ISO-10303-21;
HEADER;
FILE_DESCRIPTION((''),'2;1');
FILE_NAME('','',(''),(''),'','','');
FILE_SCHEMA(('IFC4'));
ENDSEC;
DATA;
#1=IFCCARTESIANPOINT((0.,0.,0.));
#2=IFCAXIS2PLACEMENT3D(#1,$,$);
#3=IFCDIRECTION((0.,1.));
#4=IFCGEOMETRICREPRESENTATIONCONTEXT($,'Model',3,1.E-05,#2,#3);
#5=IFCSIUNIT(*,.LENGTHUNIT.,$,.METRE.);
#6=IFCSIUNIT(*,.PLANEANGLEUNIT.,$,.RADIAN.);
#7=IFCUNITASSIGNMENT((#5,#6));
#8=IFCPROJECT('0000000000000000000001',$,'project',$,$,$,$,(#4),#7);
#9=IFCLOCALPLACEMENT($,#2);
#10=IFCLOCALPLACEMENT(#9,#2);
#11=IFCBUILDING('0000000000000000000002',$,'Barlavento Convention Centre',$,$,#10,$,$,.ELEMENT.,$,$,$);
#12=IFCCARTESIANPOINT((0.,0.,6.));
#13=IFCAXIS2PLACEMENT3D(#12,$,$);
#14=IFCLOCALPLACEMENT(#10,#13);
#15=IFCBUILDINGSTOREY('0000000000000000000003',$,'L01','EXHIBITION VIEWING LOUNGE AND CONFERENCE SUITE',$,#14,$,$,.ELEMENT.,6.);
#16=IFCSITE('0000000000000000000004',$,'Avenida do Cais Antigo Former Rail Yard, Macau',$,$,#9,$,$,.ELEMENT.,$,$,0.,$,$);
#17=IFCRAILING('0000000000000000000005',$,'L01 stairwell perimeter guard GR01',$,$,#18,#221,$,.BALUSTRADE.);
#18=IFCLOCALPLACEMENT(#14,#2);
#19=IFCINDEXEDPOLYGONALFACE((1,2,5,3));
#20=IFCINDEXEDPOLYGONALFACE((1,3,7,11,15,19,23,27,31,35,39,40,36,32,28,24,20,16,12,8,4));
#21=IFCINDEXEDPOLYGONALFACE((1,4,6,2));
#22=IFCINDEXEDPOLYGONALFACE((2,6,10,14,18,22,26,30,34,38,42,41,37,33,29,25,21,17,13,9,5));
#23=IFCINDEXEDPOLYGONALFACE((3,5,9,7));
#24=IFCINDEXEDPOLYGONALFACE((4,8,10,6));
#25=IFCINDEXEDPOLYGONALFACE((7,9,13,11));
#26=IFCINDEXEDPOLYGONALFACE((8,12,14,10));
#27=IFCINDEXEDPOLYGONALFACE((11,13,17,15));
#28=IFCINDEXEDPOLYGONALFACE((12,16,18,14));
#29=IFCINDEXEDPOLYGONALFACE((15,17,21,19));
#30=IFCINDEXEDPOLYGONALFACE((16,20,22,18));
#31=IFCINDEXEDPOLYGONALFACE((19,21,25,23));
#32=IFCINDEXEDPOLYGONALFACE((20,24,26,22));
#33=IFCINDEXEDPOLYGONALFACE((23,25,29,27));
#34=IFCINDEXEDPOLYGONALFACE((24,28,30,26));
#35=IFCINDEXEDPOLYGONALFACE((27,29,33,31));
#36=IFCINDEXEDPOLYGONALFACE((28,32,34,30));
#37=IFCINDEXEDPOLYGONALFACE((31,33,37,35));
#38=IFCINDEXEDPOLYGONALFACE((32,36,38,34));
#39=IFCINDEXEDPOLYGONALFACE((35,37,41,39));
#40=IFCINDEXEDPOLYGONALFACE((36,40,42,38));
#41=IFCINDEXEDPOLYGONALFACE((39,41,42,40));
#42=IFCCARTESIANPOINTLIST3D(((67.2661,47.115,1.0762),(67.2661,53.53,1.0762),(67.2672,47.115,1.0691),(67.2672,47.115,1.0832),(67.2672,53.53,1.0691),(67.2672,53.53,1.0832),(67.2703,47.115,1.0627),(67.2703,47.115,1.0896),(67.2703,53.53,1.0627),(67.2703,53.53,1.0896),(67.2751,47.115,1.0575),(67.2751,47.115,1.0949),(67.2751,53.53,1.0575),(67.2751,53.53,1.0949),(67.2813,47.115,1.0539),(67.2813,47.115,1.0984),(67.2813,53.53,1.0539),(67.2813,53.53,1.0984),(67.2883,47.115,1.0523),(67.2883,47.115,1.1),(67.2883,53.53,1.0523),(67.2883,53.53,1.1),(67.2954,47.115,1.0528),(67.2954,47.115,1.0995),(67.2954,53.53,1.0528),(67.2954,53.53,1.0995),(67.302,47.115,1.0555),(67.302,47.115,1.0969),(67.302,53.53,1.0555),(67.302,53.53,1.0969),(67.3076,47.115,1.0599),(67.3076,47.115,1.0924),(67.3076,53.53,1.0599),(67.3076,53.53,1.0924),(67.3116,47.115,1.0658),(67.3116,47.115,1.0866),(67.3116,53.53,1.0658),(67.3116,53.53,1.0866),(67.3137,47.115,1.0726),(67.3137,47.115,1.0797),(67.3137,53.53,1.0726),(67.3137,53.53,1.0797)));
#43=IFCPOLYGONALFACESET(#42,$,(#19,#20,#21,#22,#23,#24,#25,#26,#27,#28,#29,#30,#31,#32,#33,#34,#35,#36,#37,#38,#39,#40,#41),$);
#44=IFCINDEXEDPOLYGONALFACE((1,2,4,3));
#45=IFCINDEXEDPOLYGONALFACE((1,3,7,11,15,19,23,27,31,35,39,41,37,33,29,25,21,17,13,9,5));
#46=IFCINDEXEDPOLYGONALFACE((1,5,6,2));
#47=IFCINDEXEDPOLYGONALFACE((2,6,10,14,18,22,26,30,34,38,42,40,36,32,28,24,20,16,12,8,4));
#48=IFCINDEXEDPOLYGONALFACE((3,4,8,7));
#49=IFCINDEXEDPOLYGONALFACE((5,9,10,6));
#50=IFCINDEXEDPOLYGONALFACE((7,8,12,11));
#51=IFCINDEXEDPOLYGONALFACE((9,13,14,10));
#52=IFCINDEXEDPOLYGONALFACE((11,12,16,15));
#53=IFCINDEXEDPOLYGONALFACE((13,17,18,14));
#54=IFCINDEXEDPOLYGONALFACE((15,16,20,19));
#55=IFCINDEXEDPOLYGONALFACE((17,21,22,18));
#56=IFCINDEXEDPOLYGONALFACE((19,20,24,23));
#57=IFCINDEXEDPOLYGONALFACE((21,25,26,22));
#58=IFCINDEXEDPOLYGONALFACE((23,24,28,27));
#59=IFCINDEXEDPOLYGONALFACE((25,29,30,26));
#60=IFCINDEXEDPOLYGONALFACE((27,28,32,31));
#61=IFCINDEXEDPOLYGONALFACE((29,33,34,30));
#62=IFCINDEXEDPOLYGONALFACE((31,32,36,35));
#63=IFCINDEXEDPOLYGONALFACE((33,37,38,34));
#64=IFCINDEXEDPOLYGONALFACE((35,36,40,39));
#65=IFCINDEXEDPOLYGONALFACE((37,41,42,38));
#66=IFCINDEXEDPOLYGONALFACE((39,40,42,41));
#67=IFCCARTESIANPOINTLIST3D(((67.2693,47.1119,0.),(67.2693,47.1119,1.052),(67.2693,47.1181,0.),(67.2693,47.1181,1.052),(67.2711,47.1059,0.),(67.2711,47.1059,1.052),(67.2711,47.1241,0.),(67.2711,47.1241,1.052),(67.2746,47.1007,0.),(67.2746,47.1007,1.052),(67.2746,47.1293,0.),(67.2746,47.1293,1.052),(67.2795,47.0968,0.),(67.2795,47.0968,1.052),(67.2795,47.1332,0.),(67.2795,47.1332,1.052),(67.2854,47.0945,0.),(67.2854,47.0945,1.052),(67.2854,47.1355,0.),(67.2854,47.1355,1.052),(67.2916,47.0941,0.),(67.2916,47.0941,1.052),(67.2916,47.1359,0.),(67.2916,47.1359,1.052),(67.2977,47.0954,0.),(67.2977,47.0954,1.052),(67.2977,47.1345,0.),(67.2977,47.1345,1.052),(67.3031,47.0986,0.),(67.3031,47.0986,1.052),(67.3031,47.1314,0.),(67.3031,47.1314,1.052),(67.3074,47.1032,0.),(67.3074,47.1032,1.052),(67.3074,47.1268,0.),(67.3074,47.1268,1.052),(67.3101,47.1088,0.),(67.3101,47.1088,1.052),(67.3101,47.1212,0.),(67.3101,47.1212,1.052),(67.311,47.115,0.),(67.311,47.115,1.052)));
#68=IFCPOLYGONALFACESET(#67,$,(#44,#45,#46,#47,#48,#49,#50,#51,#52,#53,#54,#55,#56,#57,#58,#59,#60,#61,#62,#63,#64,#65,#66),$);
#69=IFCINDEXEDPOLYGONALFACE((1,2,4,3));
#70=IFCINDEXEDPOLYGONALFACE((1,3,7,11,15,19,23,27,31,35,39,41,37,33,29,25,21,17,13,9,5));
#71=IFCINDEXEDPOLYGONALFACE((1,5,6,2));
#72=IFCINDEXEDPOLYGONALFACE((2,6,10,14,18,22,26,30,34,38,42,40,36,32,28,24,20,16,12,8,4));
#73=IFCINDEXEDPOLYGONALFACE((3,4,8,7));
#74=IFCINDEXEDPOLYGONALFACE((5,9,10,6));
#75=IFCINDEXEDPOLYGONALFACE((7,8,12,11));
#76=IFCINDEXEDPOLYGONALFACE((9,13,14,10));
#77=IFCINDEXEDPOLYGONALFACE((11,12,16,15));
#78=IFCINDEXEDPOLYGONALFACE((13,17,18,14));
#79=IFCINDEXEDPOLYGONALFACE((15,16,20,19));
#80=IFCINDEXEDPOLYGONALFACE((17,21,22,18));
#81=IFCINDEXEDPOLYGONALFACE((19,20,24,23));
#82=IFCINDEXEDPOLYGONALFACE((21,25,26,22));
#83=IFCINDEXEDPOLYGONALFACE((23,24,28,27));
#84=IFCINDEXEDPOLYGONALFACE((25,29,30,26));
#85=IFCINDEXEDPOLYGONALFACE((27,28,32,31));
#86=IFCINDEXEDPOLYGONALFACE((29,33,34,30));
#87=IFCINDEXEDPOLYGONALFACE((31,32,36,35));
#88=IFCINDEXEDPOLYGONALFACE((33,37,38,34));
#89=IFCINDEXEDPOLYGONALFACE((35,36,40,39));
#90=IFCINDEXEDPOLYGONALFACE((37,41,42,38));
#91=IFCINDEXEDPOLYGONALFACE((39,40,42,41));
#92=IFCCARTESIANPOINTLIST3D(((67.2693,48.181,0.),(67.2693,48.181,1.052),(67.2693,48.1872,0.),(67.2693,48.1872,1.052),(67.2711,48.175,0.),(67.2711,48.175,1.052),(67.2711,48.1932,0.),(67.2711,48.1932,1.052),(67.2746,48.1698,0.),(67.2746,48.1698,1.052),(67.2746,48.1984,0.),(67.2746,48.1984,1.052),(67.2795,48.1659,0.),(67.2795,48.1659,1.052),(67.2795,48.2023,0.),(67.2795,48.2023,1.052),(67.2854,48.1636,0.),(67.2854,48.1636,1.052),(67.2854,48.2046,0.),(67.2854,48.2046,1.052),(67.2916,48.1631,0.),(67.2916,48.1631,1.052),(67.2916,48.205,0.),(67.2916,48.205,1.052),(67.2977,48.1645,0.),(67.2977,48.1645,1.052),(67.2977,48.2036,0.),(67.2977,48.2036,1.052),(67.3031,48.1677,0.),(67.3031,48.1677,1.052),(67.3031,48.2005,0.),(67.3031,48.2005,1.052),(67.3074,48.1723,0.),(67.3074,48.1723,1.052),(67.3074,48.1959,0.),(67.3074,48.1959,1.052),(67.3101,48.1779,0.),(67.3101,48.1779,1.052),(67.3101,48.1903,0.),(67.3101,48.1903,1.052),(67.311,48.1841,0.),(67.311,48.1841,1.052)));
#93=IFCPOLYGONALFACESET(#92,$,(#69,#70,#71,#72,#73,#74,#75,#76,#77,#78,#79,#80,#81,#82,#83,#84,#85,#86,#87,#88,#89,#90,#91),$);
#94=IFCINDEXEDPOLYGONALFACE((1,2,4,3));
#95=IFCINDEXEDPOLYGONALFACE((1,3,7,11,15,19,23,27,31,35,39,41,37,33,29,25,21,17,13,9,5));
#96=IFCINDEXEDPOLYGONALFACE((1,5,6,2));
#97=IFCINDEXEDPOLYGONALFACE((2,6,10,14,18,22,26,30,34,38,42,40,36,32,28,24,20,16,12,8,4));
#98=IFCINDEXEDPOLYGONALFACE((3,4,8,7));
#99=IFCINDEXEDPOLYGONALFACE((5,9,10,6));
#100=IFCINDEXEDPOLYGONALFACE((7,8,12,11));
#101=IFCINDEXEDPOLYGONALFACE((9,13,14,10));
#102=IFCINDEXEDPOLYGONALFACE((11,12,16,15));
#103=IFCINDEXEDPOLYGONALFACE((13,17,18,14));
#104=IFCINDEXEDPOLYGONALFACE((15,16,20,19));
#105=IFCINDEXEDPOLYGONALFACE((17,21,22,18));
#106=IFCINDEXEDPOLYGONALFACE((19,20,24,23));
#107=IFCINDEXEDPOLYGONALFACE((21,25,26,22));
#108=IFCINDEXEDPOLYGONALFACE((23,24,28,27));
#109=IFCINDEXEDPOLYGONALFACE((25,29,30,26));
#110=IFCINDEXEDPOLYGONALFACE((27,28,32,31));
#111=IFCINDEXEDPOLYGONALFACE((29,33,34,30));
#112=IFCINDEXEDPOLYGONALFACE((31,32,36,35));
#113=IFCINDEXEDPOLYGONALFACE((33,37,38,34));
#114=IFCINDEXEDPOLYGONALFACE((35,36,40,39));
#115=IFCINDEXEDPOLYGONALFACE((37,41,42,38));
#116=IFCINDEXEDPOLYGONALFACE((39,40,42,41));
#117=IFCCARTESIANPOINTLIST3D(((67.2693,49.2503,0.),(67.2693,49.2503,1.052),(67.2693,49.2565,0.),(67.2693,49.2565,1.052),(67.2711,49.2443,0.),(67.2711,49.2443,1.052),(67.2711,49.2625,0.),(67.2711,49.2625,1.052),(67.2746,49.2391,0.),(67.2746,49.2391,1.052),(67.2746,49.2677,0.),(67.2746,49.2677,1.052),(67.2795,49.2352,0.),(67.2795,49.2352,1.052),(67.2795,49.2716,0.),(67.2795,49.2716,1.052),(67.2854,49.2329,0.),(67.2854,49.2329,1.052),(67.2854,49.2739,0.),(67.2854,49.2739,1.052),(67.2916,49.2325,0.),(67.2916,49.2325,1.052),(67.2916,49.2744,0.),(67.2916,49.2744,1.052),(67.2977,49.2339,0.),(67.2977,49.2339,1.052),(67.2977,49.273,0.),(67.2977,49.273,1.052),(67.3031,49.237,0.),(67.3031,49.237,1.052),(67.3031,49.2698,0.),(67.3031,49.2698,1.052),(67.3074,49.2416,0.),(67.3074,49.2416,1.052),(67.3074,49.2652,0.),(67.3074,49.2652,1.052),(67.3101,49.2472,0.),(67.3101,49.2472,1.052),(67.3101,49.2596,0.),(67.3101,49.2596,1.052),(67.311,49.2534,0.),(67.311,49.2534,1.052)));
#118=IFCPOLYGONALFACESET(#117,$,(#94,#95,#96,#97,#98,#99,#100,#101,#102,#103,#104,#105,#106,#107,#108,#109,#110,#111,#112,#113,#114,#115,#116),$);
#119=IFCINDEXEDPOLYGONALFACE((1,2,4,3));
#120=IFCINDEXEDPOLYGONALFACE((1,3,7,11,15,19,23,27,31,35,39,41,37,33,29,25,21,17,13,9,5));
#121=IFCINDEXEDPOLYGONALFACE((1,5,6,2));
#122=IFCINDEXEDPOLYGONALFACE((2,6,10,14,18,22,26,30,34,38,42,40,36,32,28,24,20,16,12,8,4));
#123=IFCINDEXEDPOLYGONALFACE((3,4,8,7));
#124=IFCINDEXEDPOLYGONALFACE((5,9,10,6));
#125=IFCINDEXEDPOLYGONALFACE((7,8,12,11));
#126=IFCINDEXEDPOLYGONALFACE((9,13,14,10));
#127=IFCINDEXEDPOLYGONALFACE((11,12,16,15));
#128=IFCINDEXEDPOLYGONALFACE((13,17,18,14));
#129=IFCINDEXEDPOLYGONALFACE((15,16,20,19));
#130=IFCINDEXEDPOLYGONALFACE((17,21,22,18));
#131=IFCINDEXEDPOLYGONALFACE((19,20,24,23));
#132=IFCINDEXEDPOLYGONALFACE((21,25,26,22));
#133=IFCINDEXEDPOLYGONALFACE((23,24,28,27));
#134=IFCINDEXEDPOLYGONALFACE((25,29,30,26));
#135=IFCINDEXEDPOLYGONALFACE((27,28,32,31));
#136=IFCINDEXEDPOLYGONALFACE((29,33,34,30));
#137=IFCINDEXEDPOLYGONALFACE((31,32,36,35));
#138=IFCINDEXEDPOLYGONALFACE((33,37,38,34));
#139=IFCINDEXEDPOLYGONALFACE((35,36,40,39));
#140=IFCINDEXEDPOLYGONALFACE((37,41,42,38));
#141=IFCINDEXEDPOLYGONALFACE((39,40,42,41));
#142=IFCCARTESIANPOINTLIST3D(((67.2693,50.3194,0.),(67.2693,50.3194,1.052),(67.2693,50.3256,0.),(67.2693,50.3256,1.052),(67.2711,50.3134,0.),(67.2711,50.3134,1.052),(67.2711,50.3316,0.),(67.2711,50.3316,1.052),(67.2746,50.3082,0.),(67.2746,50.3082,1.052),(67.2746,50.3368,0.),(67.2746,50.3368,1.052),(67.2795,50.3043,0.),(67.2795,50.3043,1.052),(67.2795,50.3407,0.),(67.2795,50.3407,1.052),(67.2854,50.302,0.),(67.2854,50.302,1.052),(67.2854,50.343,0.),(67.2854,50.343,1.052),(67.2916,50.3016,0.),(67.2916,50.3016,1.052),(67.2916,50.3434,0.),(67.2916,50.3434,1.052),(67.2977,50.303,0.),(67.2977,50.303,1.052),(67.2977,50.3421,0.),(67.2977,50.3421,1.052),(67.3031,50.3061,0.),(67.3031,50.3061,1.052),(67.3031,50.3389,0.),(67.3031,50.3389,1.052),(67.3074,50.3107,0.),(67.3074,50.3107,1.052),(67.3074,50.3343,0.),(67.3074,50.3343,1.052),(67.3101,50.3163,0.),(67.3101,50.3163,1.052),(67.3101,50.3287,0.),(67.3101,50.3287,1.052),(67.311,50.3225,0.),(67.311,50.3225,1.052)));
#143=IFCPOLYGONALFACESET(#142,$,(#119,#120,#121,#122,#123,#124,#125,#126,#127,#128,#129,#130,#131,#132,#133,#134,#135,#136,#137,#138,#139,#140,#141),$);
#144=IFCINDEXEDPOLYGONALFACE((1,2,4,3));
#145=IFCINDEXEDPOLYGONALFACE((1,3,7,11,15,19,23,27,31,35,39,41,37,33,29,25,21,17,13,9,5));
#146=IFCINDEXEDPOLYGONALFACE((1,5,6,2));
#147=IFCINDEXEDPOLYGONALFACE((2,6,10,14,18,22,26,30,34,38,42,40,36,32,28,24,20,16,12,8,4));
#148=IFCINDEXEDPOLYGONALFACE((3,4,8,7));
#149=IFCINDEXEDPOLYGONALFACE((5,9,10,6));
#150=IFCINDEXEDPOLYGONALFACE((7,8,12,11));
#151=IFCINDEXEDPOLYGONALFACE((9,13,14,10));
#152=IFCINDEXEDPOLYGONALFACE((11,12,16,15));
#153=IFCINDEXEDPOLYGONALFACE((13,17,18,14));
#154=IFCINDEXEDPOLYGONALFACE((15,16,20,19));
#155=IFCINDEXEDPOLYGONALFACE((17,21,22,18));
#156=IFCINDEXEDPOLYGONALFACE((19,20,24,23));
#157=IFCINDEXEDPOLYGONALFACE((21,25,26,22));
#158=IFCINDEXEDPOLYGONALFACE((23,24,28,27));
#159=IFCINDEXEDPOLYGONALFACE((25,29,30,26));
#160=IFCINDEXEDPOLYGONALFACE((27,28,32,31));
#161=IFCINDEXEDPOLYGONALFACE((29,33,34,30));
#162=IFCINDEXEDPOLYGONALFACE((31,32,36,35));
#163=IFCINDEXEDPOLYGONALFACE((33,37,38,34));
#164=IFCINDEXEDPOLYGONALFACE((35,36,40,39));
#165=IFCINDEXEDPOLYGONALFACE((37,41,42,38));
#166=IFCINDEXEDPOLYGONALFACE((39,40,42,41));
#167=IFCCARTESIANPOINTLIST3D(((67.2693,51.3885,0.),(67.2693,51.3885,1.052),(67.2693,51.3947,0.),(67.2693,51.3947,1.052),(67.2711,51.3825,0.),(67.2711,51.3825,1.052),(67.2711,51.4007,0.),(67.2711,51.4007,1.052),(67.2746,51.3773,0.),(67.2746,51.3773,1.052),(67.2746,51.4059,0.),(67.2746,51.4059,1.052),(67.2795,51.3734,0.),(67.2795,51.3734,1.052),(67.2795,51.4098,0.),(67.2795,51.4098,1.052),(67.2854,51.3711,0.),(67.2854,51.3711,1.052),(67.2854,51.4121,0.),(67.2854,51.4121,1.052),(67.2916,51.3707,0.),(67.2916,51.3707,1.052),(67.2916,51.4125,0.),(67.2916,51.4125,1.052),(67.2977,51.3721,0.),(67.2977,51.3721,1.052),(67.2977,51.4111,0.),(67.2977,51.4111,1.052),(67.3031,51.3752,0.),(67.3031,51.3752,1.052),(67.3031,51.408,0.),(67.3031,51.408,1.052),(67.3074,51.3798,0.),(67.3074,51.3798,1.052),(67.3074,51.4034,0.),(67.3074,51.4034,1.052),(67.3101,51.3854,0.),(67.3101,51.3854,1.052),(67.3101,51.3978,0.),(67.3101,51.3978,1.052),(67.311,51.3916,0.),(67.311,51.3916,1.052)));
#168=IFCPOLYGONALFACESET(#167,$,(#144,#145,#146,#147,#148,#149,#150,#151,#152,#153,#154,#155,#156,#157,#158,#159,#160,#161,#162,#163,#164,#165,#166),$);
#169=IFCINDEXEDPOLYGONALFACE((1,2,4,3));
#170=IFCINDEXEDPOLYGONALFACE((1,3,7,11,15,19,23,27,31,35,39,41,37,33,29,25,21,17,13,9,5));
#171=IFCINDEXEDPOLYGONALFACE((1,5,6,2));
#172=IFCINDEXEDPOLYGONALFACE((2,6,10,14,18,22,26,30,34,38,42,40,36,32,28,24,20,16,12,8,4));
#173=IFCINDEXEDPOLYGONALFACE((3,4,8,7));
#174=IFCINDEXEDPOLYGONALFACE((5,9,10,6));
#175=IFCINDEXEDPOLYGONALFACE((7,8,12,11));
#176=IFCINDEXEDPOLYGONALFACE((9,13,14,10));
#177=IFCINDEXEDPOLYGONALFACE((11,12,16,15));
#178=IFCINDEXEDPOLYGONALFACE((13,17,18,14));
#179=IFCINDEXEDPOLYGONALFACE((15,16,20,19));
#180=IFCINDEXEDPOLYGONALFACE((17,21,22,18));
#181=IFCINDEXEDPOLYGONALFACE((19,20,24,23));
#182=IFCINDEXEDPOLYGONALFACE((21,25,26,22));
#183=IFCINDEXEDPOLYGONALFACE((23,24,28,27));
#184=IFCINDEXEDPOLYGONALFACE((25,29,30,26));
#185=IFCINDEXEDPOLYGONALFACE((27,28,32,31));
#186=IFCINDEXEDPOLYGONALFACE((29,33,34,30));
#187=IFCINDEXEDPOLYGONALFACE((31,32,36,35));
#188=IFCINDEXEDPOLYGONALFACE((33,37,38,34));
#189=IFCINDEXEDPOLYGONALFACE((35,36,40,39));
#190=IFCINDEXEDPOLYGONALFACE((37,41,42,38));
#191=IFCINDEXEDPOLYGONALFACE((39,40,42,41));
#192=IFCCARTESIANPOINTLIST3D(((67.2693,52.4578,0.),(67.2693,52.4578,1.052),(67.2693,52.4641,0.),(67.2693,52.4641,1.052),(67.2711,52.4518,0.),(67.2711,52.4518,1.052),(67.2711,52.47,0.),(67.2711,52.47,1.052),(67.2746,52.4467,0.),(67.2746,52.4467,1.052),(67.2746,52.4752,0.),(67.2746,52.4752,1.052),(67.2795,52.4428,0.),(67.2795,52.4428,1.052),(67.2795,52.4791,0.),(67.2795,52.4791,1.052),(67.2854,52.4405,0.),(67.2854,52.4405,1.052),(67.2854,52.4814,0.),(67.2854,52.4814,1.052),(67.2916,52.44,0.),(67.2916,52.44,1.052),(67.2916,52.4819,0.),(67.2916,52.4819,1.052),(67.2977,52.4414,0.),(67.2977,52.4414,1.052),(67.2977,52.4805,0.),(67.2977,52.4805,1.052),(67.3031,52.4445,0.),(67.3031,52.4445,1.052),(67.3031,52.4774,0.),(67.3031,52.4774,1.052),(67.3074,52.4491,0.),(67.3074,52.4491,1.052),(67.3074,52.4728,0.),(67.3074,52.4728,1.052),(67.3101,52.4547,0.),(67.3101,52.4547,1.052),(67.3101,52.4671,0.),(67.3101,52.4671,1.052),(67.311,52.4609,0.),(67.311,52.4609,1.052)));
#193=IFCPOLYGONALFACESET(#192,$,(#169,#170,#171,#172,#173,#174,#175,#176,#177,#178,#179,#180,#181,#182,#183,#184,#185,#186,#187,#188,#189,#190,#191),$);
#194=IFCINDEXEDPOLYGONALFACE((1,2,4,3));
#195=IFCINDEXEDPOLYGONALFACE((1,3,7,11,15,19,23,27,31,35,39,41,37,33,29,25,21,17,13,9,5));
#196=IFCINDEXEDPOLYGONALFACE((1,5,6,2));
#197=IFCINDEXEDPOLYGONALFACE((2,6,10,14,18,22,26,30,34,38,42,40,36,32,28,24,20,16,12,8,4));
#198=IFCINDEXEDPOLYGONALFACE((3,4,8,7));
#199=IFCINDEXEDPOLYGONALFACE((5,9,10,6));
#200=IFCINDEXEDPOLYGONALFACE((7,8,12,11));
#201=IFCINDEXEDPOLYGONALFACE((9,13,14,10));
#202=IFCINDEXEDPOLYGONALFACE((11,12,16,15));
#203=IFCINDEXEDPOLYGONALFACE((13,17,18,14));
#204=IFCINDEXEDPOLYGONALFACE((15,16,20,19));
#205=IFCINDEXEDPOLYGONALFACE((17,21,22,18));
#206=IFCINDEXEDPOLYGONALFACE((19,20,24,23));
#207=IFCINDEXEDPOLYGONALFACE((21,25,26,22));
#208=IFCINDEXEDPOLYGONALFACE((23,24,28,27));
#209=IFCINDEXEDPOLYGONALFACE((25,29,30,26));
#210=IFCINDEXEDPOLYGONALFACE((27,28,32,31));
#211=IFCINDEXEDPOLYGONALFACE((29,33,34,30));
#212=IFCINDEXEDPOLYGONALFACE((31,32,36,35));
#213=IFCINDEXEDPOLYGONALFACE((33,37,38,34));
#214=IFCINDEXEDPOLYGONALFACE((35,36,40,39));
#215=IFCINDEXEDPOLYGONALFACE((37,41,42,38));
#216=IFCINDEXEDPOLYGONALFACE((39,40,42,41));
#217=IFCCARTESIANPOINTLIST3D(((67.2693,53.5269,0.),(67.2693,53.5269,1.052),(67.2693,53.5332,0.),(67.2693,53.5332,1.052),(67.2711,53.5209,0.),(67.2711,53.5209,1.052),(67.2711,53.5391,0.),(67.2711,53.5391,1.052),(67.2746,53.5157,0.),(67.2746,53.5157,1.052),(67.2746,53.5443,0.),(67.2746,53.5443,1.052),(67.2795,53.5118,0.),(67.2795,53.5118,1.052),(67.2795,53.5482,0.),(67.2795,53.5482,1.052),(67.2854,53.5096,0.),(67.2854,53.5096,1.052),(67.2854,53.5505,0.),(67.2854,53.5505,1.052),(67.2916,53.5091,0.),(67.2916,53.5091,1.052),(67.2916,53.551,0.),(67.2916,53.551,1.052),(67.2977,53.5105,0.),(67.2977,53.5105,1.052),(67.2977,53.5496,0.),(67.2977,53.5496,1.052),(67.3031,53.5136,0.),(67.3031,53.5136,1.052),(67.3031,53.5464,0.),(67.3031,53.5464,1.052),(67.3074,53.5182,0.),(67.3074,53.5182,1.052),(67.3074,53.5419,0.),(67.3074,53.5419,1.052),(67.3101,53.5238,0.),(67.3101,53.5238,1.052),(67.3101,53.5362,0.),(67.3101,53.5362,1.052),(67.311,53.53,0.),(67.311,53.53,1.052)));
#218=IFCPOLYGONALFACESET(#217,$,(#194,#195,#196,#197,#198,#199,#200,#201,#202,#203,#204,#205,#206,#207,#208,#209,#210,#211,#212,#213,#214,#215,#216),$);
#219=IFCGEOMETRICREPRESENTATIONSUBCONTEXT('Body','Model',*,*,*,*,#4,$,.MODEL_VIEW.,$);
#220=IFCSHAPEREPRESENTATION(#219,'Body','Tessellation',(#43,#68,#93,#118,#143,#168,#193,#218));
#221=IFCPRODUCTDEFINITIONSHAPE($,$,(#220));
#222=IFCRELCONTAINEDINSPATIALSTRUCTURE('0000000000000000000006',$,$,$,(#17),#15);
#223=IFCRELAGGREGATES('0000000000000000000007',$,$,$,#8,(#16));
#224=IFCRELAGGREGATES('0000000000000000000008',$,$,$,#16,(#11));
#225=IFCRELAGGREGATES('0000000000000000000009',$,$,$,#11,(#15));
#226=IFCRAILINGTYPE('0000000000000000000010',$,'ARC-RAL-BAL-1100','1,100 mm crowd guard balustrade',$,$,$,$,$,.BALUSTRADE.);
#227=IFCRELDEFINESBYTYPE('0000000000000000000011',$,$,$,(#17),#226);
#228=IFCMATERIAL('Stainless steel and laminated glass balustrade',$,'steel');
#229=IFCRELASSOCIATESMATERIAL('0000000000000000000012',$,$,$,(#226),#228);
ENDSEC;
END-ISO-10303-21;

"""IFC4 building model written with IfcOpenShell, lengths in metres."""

from ifc_helpers import new_model, si_unit, direction, frame, origin, origin_2d, place, context, subcontext, project, spatial, circle, extrude, material, type_object, element, save


model = new_model("IFC4")

# Units and contexts
model_context = context("Model", 3, precision=1e-05, world=origin(), true_north=direction((0.0, 1.0)))
body_context = subcontext(model_context, "Body", "Model", "MODEL_VIEW")
ifc_project = project(units=[si_unit("LENGTHUNIT", "METRE"), si_unit("PLANEANGLEUNIT", "RADIAN")], contexts=[model_context])

# Site, building, storey
site_placement = place(None, origin())
site = spatial("IfcSite", under=ifc_project, at=site_placement, Name="Avenida do Cais Antigo Former Rail Yard, Macau", CompositionType="ELEMENT", RefElevation=0.0)
building_placement = place(site_placement, origin())
building = spatial("IfcBuilding", under=site, at=building_placement, Name="Barlavento Convention Centre", CompositionType="ELEMENT")
storey_placement = place(building_placement, frame((0.0, 0.0, 6.0)))
storey = spatial("IfcBuildingStorey", under=building, at=storey_placement, Name="L01", Description="EXHIBITION VIEWING LOUNGE AND CONFERENCE SUITE", CompositionType="ELEMENT", Elevation=6.0)

# Railing
ifc_material_1 = material(Name="Stainless steel and laminated glass balustrade", Category="steel")
railing_type_1 = type_object("IfcRailingType", Name="ARC-RAL-BAL-1100", Description="1,100 mm crowd guard balustrade", PredefinedType="BALUSTRADE", material=ifc_material_1)
railing_1_placement = place(storey_placement, frame((67.29, 47.115, 0.0)))
element("IfcRailing", 1, at=railing_1_placement, inside=storey, type_object=railing_type_1, Name="L01 stairwell perimeter guard GR01", PredefinedType="BALUSTRADE", context=body_context, shape_type="SweptSolid", body=[
    extrude(circle(Radius=0.0239, at=origin_2d()), frame((0.0, 0.0, 1.0762), z_axis=(0.0, 1.0, 0.0), x_axis=(-1.0, 0.0, 0.0)), (0.0, 0.0, 1.0), 6.415),
    extrude(circle(Radius=0.021, at=origin_2d()), origin(), (0.0, 0.0, 1.0), 1.052),
    extrude(circle(Radius=0.021, at=origin_2d()), frame((0.0, 1.0691, 0.0)), (0.0, 0.0, 1.0), 1.052),
    extrude(circle(Radius=0.021, at=origin_2d()), frame((0.0, 2.1384, 0.0)), (0.0, 0.0, 1.0), 1.052),
    extrude(circle(Radius=0.021, at=origin_2d()), frame((0.0, 3.2075, 0.0)), (0.0, 0.0, 1.0), 1.052),
    extrude(circle(Radius=0.021, at=origin_2d()), frame((0.0, 4.2766, 0.0)), (0.0, 0.0, 1.0), 1.052),
    extrude(circle(Radius=0.021, at=origin_2d()), frame((0.0, 5.3459, 0.0)), (0.0, 0.0, 1.0), 1.052),
    extrude(circle(Radius=0.021, at=origin_2d()), frame((0.0, 6.415, 0.0)), (0.0, 0.0, 1.0), 1.052),
])

save(model, "model.ifc")
